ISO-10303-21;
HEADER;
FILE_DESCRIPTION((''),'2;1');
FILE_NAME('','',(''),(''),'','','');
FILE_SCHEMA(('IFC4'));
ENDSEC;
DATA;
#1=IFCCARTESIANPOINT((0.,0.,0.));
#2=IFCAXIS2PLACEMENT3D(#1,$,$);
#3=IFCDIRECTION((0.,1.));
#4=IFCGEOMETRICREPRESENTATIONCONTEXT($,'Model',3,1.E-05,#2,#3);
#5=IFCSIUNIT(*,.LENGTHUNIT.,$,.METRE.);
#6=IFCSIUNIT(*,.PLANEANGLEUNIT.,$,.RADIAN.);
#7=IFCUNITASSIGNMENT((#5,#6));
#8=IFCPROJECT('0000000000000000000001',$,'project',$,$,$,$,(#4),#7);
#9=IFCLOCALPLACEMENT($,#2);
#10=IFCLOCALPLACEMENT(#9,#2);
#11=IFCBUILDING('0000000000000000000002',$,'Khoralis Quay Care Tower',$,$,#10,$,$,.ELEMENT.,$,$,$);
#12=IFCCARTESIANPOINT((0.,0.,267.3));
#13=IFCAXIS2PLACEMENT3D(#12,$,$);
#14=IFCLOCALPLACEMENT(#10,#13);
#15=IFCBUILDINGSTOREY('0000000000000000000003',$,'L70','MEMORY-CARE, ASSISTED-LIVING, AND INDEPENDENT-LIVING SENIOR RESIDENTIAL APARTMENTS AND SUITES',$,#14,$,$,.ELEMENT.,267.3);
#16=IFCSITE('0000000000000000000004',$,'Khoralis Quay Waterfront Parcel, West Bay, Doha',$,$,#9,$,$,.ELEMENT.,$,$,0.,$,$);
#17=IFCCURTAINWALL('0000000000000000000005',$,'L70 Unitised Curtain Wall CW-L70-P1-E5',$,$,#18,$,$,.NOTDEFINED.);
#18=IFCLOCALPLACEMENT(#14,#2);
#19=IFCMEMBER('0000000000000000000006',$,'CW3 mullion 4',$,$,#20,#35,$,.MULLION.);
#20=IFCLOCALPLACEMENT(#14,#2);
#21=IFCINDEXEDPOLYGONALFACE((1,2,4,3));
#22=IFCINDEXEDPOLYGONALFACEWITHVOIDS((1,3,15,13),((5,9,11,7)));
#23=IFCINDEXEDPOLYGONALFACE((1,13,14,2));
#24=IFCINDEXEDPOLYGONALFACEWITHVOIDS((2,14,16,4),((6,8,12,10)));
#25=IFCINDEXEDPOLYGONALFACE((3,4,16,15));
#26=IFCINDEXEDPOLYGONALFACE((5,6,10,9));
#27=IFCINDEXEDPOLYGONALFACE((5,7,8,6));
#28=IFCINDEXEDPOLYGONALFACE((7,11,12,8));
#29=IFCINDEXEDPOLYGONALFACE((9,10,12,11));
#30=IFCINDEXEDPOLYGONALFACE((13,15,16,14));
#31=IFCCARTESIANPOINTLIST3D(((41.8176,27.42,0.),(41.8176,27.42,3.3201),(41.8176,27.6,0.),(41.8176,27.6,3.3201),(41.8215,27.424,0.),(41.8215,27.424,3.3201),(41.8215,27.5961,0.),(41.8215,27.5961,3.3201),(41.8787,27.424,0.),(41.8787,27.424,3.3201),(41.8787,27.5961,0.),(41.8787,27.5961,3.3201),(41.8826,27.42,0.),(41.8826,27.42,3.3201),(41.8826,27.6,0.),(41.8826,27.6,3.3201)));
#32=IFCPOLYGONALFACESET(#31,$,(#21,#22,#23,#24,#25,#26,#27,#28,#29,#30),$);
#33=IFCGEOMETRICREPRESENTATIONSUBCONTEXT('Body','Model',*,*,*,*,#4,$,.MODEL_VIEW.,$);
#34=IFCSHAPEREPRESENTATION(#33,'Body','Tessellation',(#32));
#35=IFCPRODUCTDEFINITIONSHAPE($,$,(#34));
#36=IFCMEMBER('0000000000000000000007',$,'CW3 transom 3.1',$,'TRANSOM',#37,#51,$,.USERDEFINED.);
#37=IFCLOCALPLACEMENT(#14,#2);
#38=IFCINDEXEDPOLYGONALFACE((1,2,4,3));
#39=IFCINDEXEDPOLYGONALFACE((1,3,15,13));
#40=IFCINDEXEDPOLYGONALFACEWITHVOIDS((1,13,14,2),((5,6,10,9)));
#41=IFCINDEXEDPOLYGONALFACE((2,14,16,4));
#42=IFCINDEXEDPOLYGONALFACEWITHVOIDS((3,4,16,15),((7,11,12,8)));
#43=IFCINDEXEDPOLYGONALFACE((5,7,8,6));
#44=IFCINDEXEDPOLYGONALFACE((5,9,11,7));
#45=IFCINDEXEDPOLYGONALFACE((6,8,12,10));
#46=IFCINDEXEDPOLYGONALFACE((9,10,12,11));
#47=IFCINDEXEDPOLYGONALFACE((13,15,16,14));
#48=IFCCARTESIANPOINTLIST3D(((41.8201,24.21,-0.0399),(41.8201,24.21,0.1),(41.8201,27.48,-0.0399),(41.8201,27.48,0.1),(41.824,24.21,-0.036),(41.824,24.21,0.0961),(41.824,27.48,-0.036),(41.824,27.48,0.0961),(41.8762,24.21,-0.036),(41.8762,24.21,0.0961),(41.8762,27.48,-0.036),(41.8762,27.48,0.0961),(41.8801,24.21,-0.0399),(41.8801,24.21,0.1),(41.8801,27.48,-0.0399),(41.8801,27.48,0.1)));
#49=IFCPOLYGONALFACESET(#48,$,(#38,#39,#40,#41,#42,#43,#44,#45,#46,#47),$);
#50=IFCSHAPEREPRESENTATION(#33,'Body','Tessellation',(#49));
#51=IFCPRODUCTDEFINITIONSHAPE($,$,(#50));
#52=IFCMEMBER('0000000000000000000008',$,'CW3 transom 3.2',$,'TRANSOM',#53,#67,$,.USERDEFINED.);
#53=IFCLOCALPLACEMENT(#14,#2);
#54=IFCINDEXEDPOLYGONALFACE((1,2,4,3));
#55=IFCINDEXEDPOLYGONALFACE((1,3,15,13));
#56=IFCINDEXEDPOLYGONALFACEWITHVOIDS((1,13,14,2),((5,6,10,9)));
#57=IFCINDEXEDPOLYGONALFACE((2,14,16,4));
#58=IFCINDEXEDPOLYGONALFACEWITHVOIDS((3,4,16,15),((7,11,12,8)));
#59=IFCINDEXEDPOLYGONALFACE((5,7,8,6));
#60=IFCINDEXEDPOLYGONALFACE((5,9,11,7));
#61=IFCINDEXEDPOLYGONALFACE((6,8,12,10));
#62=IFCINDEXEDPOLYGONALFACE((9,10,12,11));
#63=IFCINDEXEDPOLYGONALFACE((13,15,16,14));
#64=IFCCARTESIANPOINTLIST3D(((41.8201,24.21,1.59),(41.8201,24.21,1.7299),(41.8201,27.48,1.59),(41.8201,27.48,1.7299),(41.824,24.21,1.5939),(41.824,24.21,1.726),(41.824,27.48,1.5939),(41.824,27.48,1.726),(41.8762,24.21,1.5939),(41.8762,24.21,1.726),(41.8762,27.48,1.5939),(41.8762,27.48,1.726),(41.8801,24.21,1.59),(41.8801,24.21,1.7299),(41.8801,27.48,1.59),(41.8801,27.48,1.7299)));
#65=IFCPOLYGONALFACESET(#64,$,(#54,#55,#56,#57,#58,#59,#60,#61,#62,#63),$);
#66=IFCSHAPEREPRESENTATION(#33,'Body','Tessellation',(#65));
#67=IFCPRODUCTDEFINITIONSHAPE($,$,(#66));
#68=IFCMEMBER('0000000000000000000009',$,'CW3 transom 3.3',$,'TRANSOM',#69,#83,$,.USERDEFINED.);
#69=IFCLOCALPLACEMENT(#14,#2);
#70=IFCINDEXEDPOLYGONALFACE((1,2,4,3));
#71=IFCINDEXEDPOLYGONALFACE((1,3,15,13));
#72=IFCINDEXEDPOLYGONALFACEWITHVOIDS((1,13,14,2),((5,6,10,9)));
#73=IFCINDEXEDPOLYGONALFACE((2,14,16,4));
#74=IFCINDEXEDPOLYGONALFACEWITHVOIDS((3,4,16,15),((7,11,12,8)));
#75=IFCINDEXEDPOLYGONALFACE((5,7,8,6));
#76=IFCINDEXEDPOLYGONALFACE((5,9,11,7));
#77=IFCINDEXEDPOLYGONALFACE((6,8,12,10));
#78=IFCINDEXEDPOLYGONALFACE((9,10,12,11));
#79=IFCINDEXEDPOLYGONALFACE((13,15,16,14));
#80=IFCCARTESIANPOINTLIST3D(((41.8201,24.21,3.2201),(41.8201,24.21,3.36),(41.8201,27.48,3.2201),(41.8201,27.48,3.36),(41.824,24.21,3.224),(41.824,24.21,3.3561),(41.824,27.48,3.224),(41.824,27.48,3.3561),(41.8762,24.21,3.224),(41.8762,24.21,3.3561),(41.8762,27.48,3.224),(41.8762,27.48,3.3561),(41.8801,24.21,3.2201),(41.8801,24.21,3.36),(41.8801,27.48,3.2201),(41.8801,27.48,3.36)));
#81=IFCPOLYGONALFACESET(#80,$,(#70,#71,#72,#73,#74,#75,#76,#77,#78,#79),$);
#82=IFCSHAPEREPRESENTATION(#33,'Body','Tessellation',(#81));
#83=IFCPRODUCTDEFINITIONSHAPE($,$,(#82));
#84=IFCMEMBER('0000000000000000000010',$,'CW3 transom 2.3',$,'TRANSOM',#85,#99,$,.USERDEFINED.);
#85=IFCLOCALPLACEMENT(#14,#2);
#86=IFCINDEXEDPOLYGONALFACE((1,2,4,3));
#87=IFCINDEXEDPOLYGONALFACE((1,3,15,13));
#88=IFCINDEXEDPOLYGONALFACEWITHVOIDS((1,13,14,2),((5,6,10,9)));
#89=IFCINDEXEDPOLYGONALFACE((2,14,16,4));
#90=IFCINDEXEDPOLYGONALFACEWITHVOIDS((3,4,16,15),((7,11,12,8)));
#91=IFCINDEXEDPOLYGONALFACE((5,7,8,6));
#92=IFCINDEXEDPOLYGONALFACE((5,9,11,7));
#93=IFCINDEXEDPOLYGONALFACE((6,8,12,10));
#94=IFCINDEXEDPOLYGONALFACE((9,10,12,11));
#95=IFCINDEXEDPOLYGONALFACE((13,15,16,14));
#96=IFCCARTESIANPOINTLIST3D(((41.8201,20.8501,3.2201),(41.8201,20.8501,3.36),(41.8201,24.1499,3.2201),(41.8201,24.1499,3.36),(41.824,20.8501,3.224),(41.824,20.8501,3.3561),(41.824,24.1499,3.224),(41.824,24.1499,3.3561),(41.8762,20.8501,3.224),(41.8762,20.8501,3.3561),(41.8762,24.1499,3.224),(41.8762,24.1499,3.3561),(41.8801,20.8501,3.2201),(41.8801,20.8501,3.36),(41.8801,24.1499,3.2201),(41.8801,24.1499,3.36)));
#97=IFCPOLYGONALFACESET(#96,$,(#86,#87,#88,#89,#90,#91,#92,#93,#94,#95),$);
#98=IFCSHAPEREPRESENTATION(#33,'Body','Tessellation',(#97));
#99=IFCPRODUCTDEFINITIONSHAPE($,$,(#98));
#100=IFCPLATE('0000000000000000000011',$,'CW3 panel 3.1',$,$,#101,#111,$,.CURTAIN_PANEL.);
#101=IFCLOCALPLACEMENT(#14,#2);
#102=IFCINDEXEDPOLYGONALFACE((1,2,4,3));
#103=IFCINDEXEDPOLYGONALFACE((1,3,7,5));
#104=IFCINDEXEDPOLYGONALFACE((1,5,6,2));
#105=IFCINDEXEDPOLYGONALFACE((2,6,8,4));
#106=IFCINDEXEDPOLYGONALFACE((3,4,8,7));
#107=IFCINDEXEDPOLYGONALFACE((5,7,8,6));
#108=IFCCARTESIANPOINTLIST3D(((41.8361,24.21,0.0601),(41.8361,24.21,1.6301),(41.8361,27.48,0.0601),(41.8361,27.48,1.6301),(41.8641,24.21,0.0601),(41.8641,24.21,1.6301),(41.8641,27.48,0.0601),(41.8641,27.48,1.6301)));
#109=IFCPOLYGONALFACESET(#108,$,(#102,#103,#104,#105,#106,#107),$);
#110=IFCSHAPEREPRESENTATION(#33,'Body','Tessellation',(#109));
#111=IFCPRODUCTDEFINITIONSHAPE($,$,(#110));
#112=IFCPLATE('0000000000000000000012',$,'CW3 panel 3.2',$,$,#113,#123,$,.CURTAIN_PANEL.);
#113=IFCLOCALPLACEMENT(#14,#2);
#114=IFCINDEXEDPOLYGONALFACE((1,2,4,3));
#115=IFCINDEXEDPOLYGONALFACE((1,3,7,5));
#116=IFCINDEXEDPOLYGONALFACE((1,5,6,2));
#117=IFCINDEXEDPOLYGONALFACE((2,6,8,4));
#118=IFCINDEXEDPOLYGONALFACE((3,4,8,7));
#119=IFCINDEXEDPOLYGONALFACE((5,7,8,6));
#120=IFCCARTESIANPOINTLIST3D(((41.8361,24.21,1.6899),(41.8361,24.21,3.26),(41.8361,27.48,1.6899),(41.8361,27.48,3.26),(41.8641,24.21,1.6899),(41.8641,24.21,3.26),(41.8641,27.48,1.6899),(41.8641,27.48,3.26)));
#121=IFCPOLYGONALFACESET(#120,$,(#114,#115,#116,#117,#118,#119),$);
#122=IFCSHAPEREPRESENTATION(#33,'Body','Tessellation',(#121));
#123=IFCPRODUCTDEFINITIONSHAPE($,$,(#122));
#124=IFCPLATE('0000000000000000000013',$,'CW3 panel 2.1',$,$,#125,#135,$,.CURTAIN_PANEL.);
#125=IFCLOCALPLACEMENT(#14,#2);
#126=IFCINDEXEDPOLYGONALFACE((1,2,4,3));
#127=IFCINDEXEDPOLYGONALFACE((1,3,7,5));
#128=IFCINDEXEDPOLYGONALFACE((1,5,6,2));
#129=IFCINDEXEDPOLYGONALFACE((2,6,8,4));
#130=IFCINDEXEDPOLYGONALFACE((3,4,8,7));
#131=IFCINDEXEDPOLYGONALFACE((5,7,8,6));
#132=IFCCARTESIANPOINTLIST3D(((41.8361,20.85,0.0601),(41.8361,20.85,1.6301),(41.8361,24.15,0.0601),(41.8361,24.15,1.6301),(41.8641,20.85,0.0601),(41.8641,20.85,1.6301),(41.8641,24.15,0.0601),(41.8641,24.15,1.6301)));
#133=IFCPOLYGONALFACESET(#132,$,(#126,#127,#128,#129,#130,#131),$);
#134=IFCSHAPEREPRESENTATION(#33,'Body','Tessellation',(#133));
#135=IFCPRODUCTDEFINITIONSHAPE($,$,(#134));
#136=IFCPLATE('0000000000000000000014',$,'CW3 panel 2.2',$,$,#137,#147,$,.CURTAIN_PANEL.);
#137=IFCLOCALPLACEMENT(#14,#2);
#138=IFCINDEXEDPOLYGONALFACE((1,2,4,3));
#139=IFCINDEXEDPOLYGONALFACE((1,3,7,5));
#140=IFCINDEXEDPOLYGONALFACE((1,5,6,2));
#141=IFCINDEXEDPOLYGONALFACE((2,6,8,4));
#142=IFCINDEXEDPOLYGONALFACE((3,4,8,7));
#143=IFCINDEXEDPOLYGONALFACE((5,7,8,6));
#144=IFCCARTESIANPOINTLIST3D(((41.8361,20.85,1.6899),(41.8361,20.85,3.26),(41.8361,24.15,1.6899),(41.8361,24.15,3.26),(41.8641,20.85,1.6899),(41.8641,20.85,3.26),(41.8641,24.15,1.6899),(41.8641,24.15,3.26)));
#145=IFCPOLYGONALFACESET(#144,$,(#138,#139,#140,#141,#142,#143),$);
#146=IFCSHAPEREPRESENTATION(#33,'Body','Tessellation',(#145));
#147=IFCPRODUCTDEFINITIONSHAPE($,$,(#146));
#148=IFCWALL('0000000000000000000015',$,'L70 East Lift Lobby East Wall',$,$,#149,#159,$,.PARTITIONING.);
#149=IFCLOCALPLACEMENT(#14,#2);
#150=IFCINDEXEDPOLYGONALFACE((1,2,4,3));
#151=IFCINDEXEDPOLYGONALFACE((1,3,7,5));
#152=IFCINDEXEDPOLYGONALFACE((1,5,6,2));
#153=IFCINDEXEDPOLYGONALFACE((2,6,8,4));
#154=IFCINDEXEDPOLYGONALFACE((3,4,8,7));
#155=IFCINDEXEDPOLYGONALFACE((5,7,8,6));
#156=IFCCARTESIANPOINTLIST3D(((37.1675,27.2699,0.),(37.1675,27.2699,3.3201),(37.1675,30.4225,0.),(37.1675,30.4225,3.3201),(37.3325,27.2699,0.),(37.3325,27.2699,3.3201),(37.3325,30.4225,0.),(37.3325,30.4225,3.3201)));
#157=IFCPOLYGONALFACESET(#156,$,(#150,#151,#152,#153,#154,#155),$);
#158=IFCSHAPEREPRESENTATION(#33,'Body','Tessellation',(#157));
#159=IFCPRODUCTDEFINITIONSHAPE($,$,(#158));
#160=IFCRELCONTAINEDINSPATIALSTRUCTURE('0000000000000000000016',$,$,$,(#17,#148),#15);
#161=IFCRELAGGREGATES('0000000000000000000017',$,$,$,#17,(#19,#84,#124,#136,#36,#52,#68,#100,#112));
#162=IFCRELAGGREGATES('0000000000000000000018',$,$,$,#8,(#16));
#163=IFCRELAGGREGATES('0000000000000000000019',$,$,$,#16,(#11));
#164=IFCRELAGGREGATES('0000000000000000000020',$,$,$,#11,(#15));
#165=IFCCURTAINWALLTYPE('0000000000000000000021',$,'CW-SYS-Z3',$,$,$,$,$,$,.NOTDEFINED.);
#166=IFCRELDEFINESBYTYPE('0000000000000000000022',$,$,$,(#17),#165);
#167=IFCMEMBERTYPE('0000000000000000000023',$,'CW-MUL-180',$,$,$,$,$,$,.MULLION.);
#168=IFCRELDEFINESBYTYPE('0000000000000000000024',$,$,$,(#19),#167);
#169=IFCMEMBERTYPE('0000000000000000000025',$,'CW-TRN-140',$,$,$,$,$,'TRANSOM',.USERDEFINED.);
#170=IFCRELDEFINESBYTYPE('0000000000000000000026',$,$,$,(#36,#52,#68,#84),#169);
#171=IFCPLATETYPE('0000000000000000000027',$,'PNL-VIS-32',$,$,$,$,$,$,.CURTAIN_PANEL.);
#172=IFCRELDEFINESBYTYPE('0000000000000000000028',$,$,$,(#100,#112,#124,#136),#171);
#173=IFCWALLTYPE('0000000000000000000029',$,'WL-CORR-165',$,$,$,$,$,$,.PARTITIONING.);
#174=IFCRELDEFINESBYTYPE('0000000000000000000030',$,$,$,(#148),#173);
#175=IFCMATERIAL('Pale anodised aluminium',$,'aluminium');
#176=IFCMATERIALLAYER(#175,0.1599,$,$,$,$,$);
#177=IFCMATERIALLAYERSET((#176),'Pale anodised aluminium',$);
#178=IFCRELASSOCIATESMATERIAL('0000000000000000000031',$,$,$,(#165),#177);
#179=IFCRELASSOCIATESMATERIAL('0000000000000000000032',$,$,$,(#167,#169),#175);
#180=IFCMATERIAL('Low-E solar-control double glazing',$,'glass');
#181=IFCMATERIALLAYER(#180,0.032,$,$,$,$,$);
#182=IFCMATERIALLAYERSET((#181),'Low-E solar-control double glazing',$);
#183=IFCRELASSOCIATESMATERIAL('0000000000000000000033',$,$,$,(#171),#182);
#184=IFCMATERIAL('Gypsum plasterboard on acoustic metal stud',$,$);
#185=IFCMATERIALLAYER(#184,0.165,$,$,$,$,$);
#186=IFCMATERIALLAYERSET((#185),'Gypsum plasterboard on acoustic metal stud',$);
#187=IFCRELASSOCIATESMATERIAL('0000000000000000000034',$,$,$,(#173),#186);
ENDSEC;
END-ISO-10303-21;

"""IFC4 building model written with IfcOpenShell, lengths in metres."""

from ifc_helpers import new_model, si_unit, direction, frame, frame_2d, origin, origin_2d, place, context, subcontext, project, spatial, rectangle, hollow_rectangle, extrude, source, transform, mapped, material, layer, layer_set, material_profile, profile_set, type_object, element, aggregate, save


model = new_model("IFC4")

# Units and contexts
model_context = context("Model", 3, precision=1e-05, world=origin(), true_north=direction((0.0, 1.0)))
body_context = subcontext(model_context, "Body", "Model", "MODEL_VIEW")
ifc_project = project(units=[si_unit("LENGTHUNIT", "METRE"), si_unit("PLANEANGLEUNIT", "RADIAN")], contexts=[model_context])

# Site, building, storey
site_placement = place(None, origin())
site = spatial("IfcSite", under=ifc_project, at=site_placement, Name="Khoralis Quay Waterfront Parcel, West Bay, Doha", CompositionType="ELEMENT", RefElevation=0.0)
building_placement = place(site_placement, origin())
building = spatial("IfcBuilding", under=site, at=building_placement, Name="Khoralis Quay Care Tower", CompositionType="ELEMENT")
storey_placement = place(building_placement, frame((0.0, 0.0, 267.3)))
storey = spatial("IfcBuildingStorey", under=building, at=storey_placement, Name="L70", Description="MEMORY-CARE, ASSISTED-LIVING, AND INDEPENDENT-LIVING SENIOR RESIDENTIAL APARTMENTS AND SUITES", CompositionType="ELEMENT", Elevation=267.3)

# Curtain wall, members, plates
ifc_material_1 = material(Name="Pale anodised aluminium", Category="aluminium")
ifc_layer_1 = layer(ifc_material_1, 0.1599)
ifc_layer_set_1 = layer_set([ifc_layer_1], Name="Pale anodised aluminium")
curtain_wall_type = type_object("IfcCurtainWallType", Name="CW-SYS-Z3", PredefinedType="NOTDEFINED", material=ifc_layer_set_1)
curtain_wall_placement = place(storey_placement, origin())
curtain_wall = element("IfcCurtainWall", 1, at=curtain_wall_placement, inside=storey, type_object=curtain_wall_type, Name="L70 Unitised Curtain Wall CW-L70-P1-E5", PredefinedType="NOTDEFINED")
ifc_material_profile_1 = material_profile(ifc_material_1, hollow_rectangle(XDim=0.0649, YDim=0.1799, WallThickness=0.0039, at=origin_2d()), Name="Pale anodised aluminium")
ifc_profile_set_1 = profile_set([ifc_material_profile_1], Name="Pale anodised aluminium")
member_type_1 = type_object("IfcMemberType", Name="CW-MUL-180", PredefinedType="MULLION", material=ifc_profile_set_1)
shared_shape_1 = source(origin(), body_context, "Body", "SweptSolid", [
    extrude(hollow_rectangle(XDim=0.0649, YDim=0.1799, WallThickness=0.0039, at=origin_2d()), origin(), (0.0, 0.0, 1.0), 3.3201),
])
member_1_placement = place(storey_placement, frame((41.8501, 27.51, 0.0), z_axis=(0.0, 0.0, 1.0), x_axis=(-1.0, 0.0, 0.0)))
member_1 = element("IfcMember", 2, at=member_1_placement, type_object=member_type_1, Name="CW3 mullion 4", PredefinedType="MULLION", context=body_context, shape_type="MappedRepresentation", body=[
    mapped(shared_shape_1, transform((0.0, 0.0, 0.0), scale=1.0)),
])
ifc_material_profile_2 = material_profile(ifc_material_1, hollow_rectangle(XDim=0.0601, YDim=0.1399, WallThickness=0.0039, at=origin_2d()), Name="Pale anodised aluminium")
ifc_profile_set_2 = profile_set([ifc_material_profile_2], Name="Pale anodised aluminium")
member_type_2 = type_object("IfcMemberType", Name="CW-TRN-140", ElementType="TRANSOM", PredefinedType="USERDEFINED", material=ifc_profile_set_2)
shared_shape_2 = source(origin(), body_context, "Body", "SweptSolid", [
    extrude(hollow_rectangle(XDim=0.0601, YDim=0.1399, WallThickness=0.0039, at=origin_2d()), origin(), (0.0, 0.0, 1.0), 3.27),
])
member_2_placement = place(storey_placement, frame((41.8501, 24.21, 0.03), z_axis=(0.0, 1.0, 0.0), x_axis=(-1.0, 0.0, 0.0)))
member_2 = element("IfcMember", 3, at=member_2_placement, type_object=member_type_2, Name="CW3 transom 3.1", ObjectType="TRANSOM", PredefinedType="USERDEFINED", context=body_context, shape_type="MappedRepresentation", body=[
    mapped(shared_shape_2, transform((0.0, 0.0, 0.0), scale=1.0)),
])
member_3_placement = place(storey_placement, frame((41.8501, 24.21, 1.6599), z_axis=(0.0, 1.0, 0.0), x_axis=(-1.0, 0.0, 0.0)))
member_3 = element("IfcMember", 4, at=member_3_placement, type_object=member_type_2, Name="CW3 transom 3.2", ObjectType="TRANSOM", PredefinedType="USERDEFINED", context=body_context, shape_type="MappedRepresentation", body=[
    mapped(shared_shape_2, transform((0.0, 0.0, 0.0), scale=1.0)),
])
member_4_placement = place(storey_placement, frame((41.8501, 24.21, 3.29), z_axis=(0.0, 1.0, 0.0), x_axis=(-1.0, 0.0, 0.0)))
member_4 = element("IfcMember", 5, at=member_4_placement, type_object=member_type_2, Name="CW3 transom 3.3", ObjectType="TRANSOM", PredefinedType="USERDEFINED", context=body_context, shape_type="MappedRepresentation", body=[
    mapped(shared_shape_2, transform((0.0, 0.0, 0.0), scale=1.0)),
])
shared_shape_3 = source(origin(), body_context, "Body", "SweptSolid", [
    extrude(hollow_rectangle(XDim=0.0601, YDim=0.1399, WallThickness=0.0039, at=origin_2d()), origin(), (0.0, 0.0, 1.0), 3.2998),
])
member_5_placement = place(storey_placement, frame((41.8501, 20.8501, 3.29), z_axis=(0.0, 1.0, 0.0), x_axis=(-1.0, 0.0, 0.0)))
member_5 = element("IfcMember", 6, at=member_5_placement, type_object=member_type_2, Name="CW3 transom 2.3", ObjectType="TRANSOM", PredefinedType="USERDEFINED", context=body_context, shape_type="MappedRepresentation", body=[
    mapped(shared_shape_3, transform((0.0, 0.0, 0.0), scale=1.0)),
])
ifc_material_2 = material(Name="Low-E solar-control double glazing", Category="glass")
ifc_layer_2 = layer(ifc_material_2, 0.032)
ifc_layer_set_2 = layer_set([ifc_layer_2], Name="Low-E solar-control double glazing")
plate_type = type_object("IfcPlateType", Name="PNL-VIS-32", PredefinedType="CURTAIN_PANEL", material=ifc_layer_set_2)
shared_shape_4 = source(origin(), body_context, "Body", "SweptSolid", [
    extrude(rectangle(XDim=3.27, YDim=0.0281, at=origin_2d()), origin(), (0.0, 0.0, 1.0), 1.5701),
])
plate_1_placement = place(storey_placement, frame((41.8501, 25.845, 0.0601), z_axis=(0.0, 0.0, 1.0), x_axis=(0.0, 1.0, 0.0)))
plate_1 = element("IfcPlate", 7, at=plate_1_placement, type_object=plate_type, Name="CW3 panel 3.1", PredefinedType="CURTAIN_PANEL", context=body_context, shape_type="MappedRepresentation", body=[
    mapped(shared_shape_4, transform((0.0, 0.0, 0.0), scale=1.0)),
])
plate_2_placement = place(storey_placement, frame((41.8501, 25.845, 1.6899), z_axis=(0.0, 0.0, 1.0), x_axis=(0.0, 1.0, 0.0)))
plate_2 = element("IfcPlate", 8, at=plate_2_placement, type_object=plate_type, Name="CW3 panel 3.2", PredefinedType="CURTAIN_PANEL", context=body_context, shape_type="MappedRepresentation", body=[
    mapped(shared_shape_4, transform((0.0, 0.0, 0.0), scale=1.0)),
])
shared_shape_5 = source(origin(), body_context, "Body", "SweptSolid", [
    extrude(rectangle(XDim=3.3, YDim=0.0281, at=origin_2d()), origin(), (0.0, 0.0, 1.0), 1.5701),
])
plate_3_placement = place(storey_placement, frame((41.8501, 22.5, 0.0601), z_axis=(0.0, 0.0, 1.0), x_axis=(0.0, 1.0, 0.0)))
plate_3 = element("IfcPlate", 9, at=plate_3_placement, type_object=plate_type, Name="CW3 panel 2.1", PredefinedType="CURTAIN_PANEL", context=body_context, shape_type="MappedRepresentation", body=[
    mapped(shared_shape_5, transform((0.0, 0.0, 0.0), scale=1.0)),
])
plate_4_placement = place(storey_placement, frame((41.8501, 22.5, 1.6899), z_axis=(0.0, 0.0, 1.0), x_axis=(0.0, 1.0, 0.0)))
plate_4 = element("IfcPlate", 10, at=plate_4_placement, type_object=plate_type, Name="CW3 panel 2.2", PredefinedType="CURTAIN_PANEL", context=body_context, shape_type="MappedRepresentation", body=[
    mapped(shared_shape_5, transform((0.0, 0.0, 0.0), scale=1.0)),
])
aggregate(curtain_wall, [member_1, member_5, plate_3, plate_4, member_2, member_3, member_4, plate_1, plate_2])

# Wall
ifc_material_3 = material(Name="Gypsum plasterboard on acoustic metal stud")
ifc_layer_3 = layer(ifc_material_3, 0.165)
ifc_layer_set_3 = layer_set([ifc_layer_3], Name="Gypsum plasterboard on acoustic metal stud")
wall_type_1 = type_object("IfcWallType", Name="WL-CORR-165", PredefinedType="PARTITIONING", material=ifc_layer_set_3)
wall_1_placement = place(storey_placement, frame((37.25, 27.27, 0.0), z_axis=(0.0, 0.0, 1.0), x_axis=(0.0, 1.0, 0.0)))
element("IfcWall", 11, at=wall_1_placement, inside=storey, type_object=wall_type_1, Name="L70 East Lift Lobby East Wall", PredefinedType="PARTITIONING", context=body_context, shape_type="SweptSolid", body=[
    extrude(rectangle(XDim=3.1526, YDim=0.165, at=frame_2d((1.5762, 0.0))), origin(), (0.0, 0.0, 1.0), 3.3201),
])

save(model, "model.ifc")
